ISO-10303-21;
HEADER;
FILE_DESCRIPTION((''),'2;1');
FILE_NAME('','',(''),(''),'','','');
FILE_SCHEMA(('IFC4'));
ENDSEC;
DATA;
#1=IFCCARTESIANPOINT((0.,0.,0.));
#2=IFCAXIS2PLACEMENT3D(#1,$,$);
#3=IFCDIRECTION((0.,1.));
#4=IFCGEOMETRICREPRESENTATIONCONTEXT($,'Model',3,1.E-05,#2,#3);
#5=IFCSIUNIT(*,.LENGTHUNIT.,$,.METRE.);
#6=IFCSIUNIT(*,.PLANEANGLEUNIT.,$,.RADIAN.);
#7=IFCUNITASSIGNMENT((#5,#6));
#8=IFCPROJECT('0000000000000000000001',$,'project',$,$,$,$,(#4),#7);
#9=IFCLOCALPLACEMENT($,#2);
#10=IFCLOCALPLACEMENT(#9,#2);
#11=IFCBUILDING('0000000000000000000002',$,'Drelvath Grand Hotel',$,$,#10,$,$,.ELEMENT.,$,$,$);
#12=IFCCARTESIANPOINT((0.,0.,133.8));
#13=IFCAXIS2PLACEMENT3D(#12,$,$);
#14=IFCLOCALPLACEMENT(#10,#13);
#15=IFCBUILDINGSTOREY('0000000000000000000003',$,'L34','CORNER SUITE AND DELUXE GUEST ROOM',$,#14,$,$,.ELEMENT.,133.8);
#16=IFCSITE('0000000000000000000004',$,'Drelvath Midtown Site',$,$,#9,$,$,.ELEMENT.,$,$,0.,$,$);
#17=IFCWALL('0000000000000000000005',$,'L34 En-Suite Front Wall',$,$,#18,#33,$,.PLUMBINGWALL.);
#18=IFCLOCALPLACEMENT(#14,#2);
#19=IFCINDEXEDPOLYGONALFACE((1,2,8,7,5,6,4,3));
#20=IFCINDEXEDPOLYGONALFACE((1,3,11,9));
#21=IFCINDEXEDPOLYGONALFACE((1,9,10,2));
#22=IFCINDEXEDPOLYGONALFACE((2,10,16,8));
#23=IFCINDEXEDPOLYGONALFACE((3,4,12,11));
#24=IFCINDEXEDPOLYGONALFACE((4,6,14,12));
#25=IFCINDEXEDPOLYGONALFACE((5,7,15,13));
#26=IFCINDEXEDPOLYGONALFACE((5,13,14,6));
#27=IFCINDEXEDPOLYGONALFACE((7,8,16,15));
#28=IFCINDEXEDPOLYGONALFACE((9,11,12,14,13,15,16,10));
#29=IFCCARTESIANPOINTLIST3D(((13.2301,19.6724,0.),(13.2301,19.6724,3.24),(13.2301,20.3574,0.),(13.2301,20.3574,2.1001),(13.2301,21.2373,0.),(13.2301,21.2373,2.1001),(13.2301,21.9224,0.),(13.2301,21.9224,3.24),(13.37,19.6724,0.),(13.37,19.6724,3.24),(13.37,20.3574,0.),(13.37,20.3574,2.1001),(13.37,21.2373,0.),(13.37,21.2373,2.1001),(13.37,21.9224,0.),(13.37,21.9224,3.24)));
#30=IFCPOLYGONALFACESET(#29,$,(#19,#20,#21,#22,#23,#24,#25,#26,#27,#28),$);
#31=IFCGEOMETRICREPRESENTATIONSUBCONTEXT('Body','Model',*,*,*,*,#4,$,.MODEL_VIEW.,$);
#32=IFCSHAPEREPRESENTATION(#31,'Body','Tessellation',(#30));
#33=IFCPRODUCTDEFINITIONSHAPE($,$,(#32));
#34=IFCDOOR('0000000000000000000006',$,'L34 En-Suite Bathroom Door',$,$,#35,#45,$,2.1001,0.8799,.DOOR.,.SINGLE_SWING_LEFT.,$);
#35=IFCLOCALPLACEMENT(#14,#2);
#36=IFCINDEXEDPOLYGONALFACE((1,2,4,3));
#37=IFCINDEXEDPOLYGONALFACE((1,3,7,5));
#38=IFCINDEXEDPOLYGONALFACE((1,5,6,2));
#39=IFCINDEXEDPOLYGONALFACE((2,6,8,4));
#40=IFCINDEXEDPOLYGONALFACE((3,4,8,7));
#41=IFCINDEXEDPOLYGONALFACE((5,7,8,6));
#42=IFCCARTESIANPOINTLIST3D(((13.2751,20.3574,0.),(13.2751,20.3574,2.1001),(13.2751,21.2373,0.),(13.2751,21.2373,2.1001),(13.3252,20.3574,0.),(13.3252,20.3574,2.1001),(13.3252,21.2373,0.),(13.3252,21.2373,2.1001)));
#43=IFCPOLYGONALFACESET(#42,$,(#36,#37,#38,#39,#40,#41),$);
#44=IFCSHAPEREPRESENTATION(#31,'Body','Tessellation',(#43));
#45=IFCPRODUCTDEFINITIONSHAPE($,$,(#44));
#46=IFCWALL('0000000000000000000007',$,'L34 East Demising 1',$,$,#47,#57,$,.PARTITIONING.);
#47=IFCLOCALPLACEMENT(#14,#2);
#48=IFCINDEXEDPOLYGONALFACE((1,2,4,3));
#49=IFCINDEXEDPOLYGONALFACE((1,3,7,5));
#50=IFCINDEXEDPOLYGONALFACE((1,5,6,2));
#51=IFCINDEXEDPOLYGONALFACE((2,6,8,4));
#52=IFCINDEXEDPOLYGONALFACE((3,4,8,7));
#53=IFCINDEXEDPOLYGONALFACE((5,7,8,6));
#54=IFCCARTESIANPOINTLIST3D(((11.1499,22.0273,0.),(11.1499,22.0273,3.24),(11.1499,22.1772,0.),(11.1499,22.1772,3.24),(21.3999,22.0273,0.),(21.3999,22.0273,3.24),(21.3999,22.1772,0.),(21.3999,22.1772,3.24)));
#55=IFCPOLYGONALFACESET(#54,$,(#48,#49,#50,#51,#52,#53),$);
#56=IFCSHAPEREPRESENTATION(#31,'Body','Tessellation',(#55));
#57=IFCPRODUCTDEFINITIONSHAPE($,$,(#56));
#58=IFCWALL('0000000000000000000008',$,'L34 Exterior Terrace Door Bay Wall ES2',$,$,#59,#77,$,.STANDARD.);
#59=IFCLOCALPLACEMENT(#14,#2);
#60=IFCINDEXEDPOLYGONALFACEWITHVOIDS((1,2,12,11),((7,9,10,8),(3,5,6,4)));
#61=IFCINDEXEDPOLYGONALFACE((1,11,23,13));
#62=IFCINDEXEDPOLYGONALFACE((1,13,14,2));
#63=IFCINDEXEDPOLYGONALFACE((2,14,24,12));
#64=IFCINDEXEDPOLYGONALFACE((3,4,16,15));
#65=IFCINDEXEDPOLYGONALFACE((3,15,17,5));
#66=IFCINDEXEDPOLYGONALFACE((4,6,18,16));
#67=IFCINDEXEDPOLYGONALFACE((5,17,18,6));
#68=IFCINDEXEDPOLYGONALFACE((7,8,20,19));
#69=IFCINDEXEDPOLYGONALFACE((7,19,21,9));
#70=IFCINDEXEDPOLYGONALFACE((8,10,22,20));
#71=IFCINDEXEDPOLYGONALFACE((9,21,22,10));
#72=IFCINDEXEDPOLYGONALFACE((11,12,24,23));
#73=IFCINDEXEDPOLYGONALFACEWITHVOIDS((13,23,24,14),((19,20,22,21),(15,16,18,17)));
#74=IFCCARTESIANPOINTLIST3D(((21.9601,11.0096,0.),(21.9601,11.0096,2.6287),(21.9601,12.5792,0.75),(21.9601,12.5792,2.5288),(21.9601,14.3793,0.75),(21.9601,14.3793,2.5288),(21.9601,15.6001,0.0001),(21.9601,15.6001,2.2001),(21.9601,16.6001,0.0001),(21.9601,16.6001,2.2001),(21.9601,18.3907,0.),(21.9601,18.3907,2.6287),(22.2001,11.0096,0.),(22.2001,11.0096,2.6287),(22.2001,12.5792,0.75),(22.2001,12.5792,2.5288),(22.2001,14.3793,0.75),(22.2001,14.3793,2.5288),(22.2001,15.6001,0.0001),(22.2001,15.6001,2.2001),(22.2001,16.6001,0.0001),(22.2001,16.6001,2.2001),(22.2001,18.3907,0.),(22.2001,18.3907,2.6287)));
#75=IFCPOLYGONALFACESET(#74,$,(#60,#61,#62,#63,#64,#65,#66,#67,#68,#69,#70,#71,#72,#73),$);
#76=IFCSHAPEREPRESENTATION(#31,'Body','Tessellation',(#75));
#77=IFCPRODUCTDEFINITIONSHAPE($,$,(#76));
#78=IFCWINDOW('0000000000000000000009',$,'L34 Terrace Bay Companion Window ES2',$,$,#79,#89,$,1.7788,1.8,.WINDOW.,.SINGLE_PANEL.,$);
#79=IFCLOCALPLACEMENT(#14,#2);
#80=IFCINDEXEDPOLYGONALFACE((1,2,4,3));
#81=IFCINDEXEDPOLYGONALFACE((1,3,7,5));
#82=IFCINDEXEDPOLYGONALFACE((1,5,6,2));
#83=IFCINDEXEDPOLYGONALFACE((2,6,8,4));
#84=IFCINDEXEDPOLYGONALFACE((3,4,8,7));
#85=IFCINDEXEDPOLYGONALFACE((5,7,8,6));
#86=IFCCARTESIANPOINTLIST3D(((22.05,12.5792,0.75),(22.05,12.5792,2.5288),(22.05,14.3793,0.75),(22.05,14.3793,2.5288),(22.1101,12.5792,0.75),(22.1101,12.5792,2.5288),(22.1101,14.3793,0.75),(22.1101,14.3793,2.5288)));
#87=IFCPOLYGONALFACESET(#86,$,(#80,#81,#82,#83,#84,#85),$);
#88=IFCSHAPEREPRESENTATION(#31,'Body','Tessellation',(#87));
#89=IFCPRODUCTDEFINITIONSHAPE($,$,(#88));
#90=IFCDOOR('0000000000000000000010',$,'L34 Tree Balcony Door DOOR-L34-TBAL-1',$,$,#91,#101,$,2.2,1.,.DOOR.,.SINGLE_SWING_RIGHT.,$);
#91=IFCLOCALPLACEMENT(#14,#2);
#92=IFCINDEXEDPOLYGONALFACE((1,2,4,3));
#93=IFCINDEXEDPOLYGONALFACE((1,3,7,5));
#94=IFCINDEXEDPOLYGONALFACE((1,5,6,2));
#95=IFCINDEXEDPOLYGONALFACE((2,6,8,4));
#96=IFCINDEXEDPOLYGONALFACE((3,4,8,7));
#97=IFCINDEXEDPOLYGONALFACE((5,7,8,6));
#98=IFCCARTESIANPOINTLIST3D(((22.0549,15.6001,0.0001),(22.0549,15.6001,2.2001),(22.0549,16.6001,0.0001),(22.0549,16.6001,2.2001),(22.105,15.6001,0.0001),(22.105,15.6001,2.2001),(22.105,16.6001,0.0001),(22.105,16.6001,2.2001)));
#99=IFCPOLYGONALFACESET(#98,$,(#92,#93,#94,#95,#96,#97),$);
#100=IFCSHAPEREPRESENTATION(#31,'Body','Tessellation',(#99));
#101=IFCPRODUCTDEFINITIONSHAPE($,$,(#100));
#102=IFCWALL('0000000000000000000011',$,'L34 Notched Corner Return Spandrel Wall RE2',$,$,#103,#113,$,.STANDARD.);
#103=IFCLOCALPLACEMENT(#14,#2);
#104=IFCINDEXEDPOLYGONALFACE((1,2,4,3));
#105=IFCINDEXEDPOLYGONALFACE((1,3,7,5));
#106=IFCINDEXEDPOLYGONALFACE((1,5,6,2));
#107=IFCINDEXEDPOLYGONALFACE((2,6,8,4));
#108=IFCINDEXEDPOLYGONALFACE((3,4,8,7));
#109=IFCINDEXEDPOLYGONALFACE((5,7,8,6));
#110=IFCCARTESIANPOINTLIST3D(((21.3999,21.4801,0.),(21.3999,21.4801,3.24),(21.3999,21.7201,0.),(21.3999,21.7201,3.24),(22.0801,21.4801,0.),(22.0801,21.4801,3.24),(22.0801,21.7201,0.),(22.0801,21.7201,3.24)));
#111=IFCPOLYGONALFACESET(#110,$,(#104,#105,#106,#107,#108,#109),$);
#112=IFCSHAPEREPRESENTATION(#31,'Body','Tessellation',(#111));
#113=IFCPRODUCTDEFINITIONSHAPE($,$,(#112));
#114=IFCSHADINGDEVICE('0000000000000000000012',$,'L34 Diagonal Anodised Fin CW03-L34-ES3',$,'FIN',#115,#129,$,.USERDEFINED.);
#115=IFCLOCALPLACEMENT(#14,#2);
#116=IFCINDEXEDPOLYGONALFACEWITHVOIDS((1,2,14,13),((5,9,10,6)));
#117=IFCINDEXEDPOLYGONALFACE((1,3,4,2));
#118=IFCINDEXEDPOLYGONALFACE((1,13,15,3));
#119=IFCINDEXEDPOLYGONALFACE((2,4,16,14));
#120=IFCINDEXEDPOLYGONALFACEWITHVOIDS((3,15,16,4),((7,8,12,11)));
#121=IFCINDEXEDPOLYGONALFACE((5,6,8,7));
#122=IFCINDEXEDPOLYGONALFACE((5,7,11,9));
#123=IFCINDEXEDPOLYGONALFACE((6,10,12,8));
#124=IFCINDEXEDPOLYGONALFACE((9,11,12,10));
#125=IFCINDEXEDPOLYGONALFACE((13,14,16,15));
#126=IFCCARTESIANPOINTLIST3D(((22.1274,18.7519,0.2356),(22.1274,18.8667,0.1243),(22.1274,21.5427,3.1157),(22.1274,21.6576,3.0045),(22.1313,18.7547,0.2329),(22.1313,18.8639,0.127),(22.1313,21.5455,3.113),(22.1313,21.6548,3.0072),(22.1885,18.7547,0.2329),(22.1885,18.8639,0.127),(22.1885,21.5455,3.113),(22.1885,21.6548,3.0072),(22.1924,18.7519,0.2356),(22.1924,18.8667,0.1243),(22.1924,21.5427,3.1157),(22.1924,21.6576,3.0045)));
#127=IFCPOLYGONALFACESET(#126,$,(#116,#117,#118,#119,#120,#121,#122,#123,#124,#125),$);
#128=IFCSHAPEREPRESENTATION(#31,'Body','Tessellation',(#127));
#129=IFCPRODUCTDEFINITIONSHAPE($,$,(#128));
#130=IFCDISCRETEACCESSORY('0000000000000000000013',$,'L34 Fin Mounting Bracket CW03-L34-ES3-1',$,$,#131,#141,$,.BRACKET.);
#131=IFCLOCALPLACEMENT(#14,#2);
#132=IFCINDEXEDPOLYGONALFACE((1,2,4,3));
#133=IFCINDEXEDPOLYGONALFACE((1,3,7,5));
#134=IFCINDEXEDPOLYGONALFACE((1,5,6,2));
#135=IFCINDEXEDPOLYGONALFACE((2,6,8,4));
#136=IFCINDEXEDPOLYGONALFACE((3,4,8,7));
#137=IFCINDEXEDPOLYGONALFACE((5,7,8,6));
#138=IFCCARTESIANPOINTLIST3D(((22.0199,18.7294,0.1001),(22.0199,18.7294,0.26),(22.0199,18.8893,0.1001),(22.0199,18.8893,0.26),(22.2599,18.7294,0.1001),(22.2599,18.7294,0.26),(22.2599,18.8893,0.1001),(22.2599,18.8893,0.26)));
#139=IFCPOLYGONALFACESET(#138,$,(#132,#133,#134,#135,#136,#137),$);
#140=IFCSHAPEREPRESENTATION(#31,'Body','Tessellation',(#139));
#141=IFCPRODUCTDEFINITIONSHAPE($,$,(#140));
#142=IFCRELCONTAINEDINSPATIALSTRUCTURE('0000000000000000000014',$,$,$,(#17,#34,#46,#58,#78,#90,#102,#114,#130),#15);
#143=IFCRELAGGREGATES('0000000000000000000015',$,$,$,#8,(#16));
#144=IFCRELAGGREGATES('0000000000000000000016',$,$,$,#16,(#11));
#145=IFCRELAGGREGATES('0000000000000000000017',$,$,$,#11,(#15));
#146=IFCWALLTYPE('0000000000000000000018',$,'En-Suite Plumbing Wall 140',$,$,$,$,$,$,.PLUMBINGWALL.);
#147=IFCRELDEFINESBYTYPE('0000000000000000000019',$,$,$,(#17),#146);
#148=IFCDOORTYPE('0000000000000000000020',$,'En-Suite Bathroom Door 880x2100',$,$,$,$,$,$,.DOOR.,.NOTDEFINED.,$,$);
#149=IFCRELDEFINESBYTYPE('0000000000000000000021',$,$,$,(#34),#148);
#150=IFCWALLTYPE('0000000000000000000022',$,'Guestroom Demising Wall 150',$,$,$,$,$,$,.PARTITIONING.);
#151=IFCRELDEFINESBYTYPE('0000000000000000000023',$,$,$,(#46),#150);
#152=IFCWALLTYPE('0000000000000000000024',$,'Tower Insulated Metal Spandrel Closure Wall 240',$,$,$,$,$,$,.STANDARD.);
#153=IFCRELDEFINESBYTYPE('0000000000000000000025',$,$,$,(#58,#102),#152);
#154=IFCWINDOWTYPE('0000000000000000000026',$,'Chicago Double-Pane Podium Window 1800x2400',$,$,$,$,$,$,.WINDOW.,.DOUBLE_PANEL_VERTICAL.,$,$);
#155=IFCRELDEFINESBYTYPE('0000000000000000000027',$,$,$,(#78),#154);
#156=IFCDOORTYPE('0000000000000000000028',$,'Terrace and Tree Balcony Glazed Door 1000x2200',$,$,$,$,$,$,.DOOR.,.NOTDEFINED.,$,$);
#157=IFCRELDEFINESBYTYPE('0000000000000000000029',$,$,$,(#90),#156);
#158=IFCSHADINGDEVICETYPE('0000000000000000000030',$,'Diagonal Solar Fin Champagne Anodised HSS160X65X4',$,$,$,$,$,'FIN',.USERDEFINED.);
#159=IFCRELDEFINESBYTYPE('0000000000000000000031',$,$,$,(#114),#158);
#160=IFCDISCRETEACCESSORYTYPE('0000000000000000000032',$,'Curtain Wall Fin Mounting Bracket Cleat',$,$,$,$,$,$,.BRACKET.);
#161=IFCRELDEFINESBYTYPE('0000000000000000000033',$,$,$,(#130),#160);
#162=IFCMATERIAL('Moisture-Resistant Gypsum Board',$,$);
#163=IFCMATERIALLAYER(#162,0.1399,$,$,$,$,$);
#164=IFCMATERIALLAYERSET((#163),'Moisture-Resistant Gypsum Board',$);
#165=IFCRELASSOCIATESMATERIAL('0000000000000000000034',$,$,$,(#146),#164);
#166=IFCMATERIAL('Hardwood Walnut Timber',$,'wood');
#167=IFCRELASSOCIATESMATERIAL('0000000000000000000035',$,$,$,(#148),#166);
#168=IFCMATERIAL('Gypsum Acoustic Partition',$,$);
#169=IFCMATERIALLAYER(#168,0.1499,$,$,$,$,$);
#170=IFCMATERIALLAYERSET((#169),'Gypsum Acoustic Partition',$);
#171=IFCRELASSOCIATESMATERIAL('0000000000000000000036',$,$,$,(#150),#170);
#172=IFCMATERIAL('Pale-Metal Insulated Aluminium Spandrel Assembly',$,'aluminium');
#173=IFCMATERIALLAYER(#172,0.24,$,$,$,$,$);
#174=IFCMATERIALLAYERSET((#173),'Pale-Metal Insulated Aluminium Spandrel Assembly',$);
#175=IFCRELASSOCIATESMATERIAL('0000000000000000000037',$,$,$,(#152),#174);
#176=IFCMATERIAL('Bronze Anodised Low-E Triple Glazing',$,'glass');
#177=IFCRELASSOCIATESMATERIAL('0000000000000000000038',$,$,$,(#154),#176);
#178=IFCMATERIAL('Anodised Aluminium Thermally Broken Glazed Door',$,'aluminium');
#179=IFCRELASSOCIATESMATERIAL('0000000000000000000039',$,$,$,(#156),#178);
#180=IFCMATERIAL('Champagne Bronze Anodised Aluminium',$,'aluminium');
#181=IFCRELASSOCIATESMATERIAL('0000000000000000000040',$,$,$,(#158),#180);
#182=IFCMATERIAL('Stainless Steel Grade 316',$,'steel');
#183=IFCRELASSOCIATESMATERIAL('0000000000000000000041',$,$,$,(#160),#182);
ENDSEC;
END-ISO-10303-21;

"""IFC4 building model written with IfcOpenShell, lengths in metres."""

from ifc_helpers import new_model, si_unit, direction, frame, frame_2d, origin, origin_2d, place, context, subcontext, project, spatial, rectangle, hollow_rectangle, extrude, material, layer, layer_set, material_profile, profile_set, type_object, element, fill, save


model = new_model("IFC4")

# Units and contexts
model_context = context("Model", 3, precision=1e-05, world=origin(), true_north=direction((0.0, 1.0)))
body_context = subcontext(model_context, "Body", "Model", "MODEL_VIEW")
ifc_project = project(units=[si_unit("LENGTHUNIT", "METRE"), si_unit("PLANEANGLEUNIT", "RADIAN")], contexts=[model_context])

# Site, building, storey
site_placement = place(None, origin())
site = spatial("IfcSite", under=ifc_project, at=site_placement, Name="Drelvath Midtown Site", CompositionType="ELEMENT", RefElevation=0.0)
building_placement = place(site_placement, origin())
building = spatial("IfcBuilding", under=site, at=building_placement, Name="Drelvath Grand Hotel", CompositionType="ELEMENT")
storey_placement = place(building_placement, frame((0.0, 0.0, 133.8)))
storey = spatial("IfcBuildingStorey", under=building, at=storey_placement, Name="L34", Description="CORNER SUITE AND DELUXE GUEST ROOM", CompositionType="ELEMENT", Elevation=133.8)

# Shared definitions
ifc_material_1 = material(Name="Moisture-Resistant Gypsum Board")
ifc_layer_1 = layer(ifc_material_1, 0.1399)
ifc_layer_set_1 = layer_set([ifc_layer_1], Name="Moisture-Resistant Gypsum Board")
wall_type_1 = type_object("IfcWallType", Name="En-Suite Plumbing Wall 140", PredefinedType="PLUMBINGWALL", material=ifc_layer_set_1)

# Wall, opening, door
wall_1_placement = place(storey_placement, frame((13.3, 19.6724, 0.0), z_axis=(0.0, 0.0, 1.0), x_axis=(0.0, 1.0, 0.0)))
wall_1 = element("IfcWall", 1, at=wall_1_placement, inside=storey, type_object=wall_type_1, Name="L34 En-Suite Front Wall", PredefinedType="PLUMBINGWALL", context=body_context, shape_type="SweptSolid", body=[
    extrude(rectangle(XDim=2.25, YDim=0.1399, at=frame_2d((1.125, 0.0))), origin(), (0.0, 0.0, 1.0), 3.24),
])
opening_1_placement = place(wall_1_placement, frame((0.6851, 0.0, 0.0)))
opening_1 = element("IfcOpeningElement", 2, at=opening_1_placement, cuts=wall_1, PredefinedType="OPENING", context=body_context, shape_type="SweptSolid", body=[
    extrude(rectangle(XDim=0.8799, YDim=2.1001, at=frame_2d((0.4399, 1.05))), frame((0.0, 0.0798, 0.0), z_axis=(0.0, -1.0, 0.0), x_axis=(1.0, 0.0, 0.0)), (0.0, 0.0, 1.0), 0.1599),
])
ifc_material_2 = material(Name="Hardwood Walnut Timber", Category="wood")
door_type_1 = type_object("IfcDoorType", Name="En-Suite Bathroom Door 880x2100", OperationType="NOTDEFINED", PredefinedType="DOOR", material=ifc_material_2)
door_1_placement = place(opening_1_placement, origin())
door_1 = element("IfcDoor", 3, at=door_1_placement, inside=storey, type_object=door_type_1, Name="L34 En-Suite Bathroom Door", OperationType="SINGLE_SWING_LEFT", OverallHeight=2.1001, OverallWidth=0.8799, PredefinedType="DOOR", context=body_context, shape_type="SweptSolid", body=[
    extrude(rectangle(XDim=0.8799, YDim=2.1001, at=frame_2d((0.4399, 1.05))), frame((0.0, 0.0249, 0.0), z_axis=(0.0, -1.0, 0.0), x_axis=(1.0, 0.0, 0.0)), (0.0, 0.0, 1.0), 0.05),
])
fill(opening_1, door_1)

# Wall
ifc_material_3 = material(Name="Gypsum Acoustic Partition")
ifc_layer_2 = layer(ifc_material_3, 0.1499)
ifc_layer_set_2 = layer_set([ifc_layer_2], Name="Gypsum Acoustic Partition")
wall_type_2 = type_object("IfcWallType", Name="Guestroom Demising Wall 150", PredefinedType="PARTITIONING", material=ifc_layer_set_2)
wall_2_placement = place(storey_placement, frame((11.1499, 22.1023, 0.0), z_axis=(0.0, 0.0, 1.0), x_axis=(1.0, 0.0, 0.0)))
element("IfcWall", 4, at=wall_2_placement, inside=storey, type_object=wall_type_2, Name="L34 East Demising 1", PredefinedType="PARTITIONING", context=body_context, shape_type="SweptSolid", body=[
    extrude(rectangle(XDim=10.25, YDim=0.1499, at=frame_2d((5.125, 0.0))), origin(), (0.0, 0.0, 1.0), 3.24),
])

# Wall, openings, window, door
ifc_material_4 = material(Name="Pale-Metal Insulated Aluminium Spandrel Assembly", Category="aluminium")
ifc_layer_3 = layer(ifc_material_4, 0.24)
ifc_layer_set_3 = layer_set([ifc_layer_3], Name="Pale-Metal Insulated Aluminium Spandrel Assembly")
wall_type_3 = type_object("IfcWallType", Name="Tower Insulated Metal Spandrel Closure Wall 240", PredefinedType="STANDARD", material=ifc_layer_set_3)
wall_3_placement = place(storey_placement, frame((22.0801, 18.3906, 0.0), z_axis=(0.0, 0.0, 1.0), x_axis=(0.0, -1.0, 0.0)))
wall_3 = element("IfcWall", 5, at=wall_3_placement, inside=storey, type_object=wall_type_3, Name="L34 Exterior Terrace Door Bay Wall ES2", PredefinedType="STANDARD", context=body_context, shape_type="SweptSolid", body=[
    extrude(rectangle(XDim=7.3811, YDim=0.24, at=frame_2d((3.6904, 0.0))), origin(), (0.0, 0.0, 1.0), 2.6287),
])
opening_2_placement = place(wall_3_placement, frame((1.7905, 0.0, 0.0)))
opening_2 = element("IfcOpeningElement", 6, at=opening_2_placement, cuts=wall_3, PredefinedType="OPENING", context=body_context, shape_type="SweptSolid", body=[
    extrude(rectangle(XDim=1.0, YDim=2.2, at=frame_2d((0.5, 1.1001))), frame((0.0, 0.1299, 0.0), z_axis=(0.0, -1.0, 0.0), x_axis=(1.0, 0.0, 0.0)), (0.0, 0.0, 1.0), 0.26),
])
opening_3_placement = place(wall_3_placement, frame((4.0115, 0.0, 0.75)))
opening_3 = element("IfcOpeningElement", 7, at=opening_3_placement, cuts=wall_3, PredefinedType="OPENING", context=body_context, shape_type="SweptSolid", body=[
    extrude(rectangle(XDim=1.8, YDim=1.7788, at=frame_2d((0.8999, 0.8894))), frame((0.0, 0.1299, 0.0), z_axis=(0.0, -1.0, 0.0), x_axis=(1.0, 0.0, 0.0)), (0.0, 0.0, 1.0), 0.26),
])
ifc_material_5 = material(Name="Bronze Anodised Low-E Triple Glazing", Category="glass")
window_type = type_object("IfcWindowType", Name="Chicago Double-Pane Podium Window 1800x2400", PartitioningType="DOUBLE_PANEL_VERTICAL", PredefinedType="WINDOW", material=ifc_material_5)
window_placement = place(opening_3_placement, origin())
window = element("IfcWindow", 8, at=window_placement, inside=storey, type_object=window_type, Name="L34 Terrace Bay Companion Window ES2", OverallHeight=1.7788, OverallWidth=1.8, PartitioningType="SINGLE_PANEL", PredefinedType="WINDOW", context=body_context, shape_type="SweptSolid", body=[
    extrude(rectangle(XDim=1.8, YDim=1.7788, at=frame_2d((0.8999, 0.8894))), frame((0.0, 0.03, 0.0), z_axis=(0.0, -1.0, 0.0), x_axis=(1.0, 0.0, 0.0)), (0.0, 0.0, 1.0), 0.0601),
])
fill(opening_3, window)
ifc_material_6 = material(Name="Anodised Aluminium Thermally Broken Glazed Door", Category="aluminium")
door_type_2 = type_object("IfcDoorType", Name="Terrace and Tree Balcony Glazed Door 1000x2200", OperationType="NOTDEFINED", PredefinedType="DOOR", material=ifc_material_6)
door_2_placement = place(opening_2_placement, origin())
door_2 = element("IfcDoor", 9, at=door_2_placement, inside=storey, type_object=door_type_2, Name="L34 Tree Balcony Door DOOR-L34-TBAL-1", OperationType="SINGLE_SWING_RIGHT", OverallHeight=2.2, OverallWidth=1.0, PredefinedType="DOOR", context=body_context, shape_type="SweptSolid", body=[
    extrude(rectangle(XDim=1.0, YDim=2.2, at=frame_2d((0.5, 1.1001))), frame((0.0, 0.0249, 0.0), z_axis=(0.0, -1.0, 0.0), x_axis=(1.0, 0.0, 0.0)), (0.0, 0.0, 1.0), 0.05),
])
fill(opening_2, door_2)

# Wall
wall_4_placement = place(storey_placement, frame((21.3999, 21.6001, 0.0), z_axis=(0.0, 0.0, 1.0), x_axis=(1.0, 0.0, 0.0)))
element("IfcWall", 10, at=wall_4_placement, inside=storey, type_object=wall_type_3, Name="L34 Notched Corner Return Spandrel Wall RE2", PredefinedType="STANDARD", context=body_context, shape_type="SweptSolid", body=[
    extrude(rectangle(XDim=0.6802, YDim=0.24, at=frame_2d((0.3401, 0.0))), origin(), (0.0, 0.0, 1.0), 3.24),
])

# Shading device
ifc_material_7 = material(Name="Champagne Bronze Anodised Aluminium", Category="aluminium")
ifc_material_profile_1 = material_profile(ifc_material_7, hollow_rectangle(XDim=0.0649, YDim=0.1599, WallThickness=0.0039, at=origin_2d()), Name="HSS160X65X4")
ifc_profile_set_1 = profile_set([ifc_material_profile_1], Name="Champagne Bronze Anodised Aluminium")
shading_device_type = type_object("IfcShadingDeviceType", Name="Diagonal Solar Fin Champagne Anodised HSS160X65X4", ElementType="FIN", PredefinedType="USERDEFINED", material=ifc_profile_set_1)
shading_device_placement = place(storey_placement, frame((22.1599, 18.8093, 0.1799), z_axis=(0.0, 0.695879, 0.718159), x_axis=(-1.0, 0.0, 0.0)))
element("IfcShadingDevice", 11, at=shading_device_placement, inside=storey, type_object=shading_device_type, Name="L34 Diagonal Anodised Fin CW03-L34-ES3", ObjectType="FIN", PredefinedType="USERDEFINED", context=body_context, shape_type="SweptSolid", body=[
    extrude(hollow_rectangle(XDim=0.0649, YDim=0.1599, WallThickness=0.0039, at=origin_2d()), origin(), (0.0, 0.0, 1.0), 4.0105),
])

# Discrete accessory
ifc_material_8 = material(Name="Stainless Steel Grade 316", Category="steel")
discrete_accessory_type = type_object("IfcDiscreteAccessoryType", Name="Curtain Wall Fin Mounting Bracket Cleat", PredefinedType="BRACKET", material=ifc_material_8)
discrete_accessory_placement = place(storey_placement, frame((22.1399, 18.8093, 0.1001), z_axis=(0.0, 0.0, 1.0), x_axis=(0.0, -1.0, 0.0)))
element("IfcDiscreteAccessory", 12, at=discrete_accessory_placement, inside=storey, type_object=discrete_accessory_type, Name="L34 Fin Mounting Bracket CW03-L34-ES3-1", PredefinedType="BRACKET", context=body_context, shape_type="SweptSolid", body=[
    extrude(rectangle(XDim=0.1599, YDim=0.24, at=origin_2d()), origin(), (0.0, 0.0, 1.0), 0.1599),
])

save(model, "model.ifc")
